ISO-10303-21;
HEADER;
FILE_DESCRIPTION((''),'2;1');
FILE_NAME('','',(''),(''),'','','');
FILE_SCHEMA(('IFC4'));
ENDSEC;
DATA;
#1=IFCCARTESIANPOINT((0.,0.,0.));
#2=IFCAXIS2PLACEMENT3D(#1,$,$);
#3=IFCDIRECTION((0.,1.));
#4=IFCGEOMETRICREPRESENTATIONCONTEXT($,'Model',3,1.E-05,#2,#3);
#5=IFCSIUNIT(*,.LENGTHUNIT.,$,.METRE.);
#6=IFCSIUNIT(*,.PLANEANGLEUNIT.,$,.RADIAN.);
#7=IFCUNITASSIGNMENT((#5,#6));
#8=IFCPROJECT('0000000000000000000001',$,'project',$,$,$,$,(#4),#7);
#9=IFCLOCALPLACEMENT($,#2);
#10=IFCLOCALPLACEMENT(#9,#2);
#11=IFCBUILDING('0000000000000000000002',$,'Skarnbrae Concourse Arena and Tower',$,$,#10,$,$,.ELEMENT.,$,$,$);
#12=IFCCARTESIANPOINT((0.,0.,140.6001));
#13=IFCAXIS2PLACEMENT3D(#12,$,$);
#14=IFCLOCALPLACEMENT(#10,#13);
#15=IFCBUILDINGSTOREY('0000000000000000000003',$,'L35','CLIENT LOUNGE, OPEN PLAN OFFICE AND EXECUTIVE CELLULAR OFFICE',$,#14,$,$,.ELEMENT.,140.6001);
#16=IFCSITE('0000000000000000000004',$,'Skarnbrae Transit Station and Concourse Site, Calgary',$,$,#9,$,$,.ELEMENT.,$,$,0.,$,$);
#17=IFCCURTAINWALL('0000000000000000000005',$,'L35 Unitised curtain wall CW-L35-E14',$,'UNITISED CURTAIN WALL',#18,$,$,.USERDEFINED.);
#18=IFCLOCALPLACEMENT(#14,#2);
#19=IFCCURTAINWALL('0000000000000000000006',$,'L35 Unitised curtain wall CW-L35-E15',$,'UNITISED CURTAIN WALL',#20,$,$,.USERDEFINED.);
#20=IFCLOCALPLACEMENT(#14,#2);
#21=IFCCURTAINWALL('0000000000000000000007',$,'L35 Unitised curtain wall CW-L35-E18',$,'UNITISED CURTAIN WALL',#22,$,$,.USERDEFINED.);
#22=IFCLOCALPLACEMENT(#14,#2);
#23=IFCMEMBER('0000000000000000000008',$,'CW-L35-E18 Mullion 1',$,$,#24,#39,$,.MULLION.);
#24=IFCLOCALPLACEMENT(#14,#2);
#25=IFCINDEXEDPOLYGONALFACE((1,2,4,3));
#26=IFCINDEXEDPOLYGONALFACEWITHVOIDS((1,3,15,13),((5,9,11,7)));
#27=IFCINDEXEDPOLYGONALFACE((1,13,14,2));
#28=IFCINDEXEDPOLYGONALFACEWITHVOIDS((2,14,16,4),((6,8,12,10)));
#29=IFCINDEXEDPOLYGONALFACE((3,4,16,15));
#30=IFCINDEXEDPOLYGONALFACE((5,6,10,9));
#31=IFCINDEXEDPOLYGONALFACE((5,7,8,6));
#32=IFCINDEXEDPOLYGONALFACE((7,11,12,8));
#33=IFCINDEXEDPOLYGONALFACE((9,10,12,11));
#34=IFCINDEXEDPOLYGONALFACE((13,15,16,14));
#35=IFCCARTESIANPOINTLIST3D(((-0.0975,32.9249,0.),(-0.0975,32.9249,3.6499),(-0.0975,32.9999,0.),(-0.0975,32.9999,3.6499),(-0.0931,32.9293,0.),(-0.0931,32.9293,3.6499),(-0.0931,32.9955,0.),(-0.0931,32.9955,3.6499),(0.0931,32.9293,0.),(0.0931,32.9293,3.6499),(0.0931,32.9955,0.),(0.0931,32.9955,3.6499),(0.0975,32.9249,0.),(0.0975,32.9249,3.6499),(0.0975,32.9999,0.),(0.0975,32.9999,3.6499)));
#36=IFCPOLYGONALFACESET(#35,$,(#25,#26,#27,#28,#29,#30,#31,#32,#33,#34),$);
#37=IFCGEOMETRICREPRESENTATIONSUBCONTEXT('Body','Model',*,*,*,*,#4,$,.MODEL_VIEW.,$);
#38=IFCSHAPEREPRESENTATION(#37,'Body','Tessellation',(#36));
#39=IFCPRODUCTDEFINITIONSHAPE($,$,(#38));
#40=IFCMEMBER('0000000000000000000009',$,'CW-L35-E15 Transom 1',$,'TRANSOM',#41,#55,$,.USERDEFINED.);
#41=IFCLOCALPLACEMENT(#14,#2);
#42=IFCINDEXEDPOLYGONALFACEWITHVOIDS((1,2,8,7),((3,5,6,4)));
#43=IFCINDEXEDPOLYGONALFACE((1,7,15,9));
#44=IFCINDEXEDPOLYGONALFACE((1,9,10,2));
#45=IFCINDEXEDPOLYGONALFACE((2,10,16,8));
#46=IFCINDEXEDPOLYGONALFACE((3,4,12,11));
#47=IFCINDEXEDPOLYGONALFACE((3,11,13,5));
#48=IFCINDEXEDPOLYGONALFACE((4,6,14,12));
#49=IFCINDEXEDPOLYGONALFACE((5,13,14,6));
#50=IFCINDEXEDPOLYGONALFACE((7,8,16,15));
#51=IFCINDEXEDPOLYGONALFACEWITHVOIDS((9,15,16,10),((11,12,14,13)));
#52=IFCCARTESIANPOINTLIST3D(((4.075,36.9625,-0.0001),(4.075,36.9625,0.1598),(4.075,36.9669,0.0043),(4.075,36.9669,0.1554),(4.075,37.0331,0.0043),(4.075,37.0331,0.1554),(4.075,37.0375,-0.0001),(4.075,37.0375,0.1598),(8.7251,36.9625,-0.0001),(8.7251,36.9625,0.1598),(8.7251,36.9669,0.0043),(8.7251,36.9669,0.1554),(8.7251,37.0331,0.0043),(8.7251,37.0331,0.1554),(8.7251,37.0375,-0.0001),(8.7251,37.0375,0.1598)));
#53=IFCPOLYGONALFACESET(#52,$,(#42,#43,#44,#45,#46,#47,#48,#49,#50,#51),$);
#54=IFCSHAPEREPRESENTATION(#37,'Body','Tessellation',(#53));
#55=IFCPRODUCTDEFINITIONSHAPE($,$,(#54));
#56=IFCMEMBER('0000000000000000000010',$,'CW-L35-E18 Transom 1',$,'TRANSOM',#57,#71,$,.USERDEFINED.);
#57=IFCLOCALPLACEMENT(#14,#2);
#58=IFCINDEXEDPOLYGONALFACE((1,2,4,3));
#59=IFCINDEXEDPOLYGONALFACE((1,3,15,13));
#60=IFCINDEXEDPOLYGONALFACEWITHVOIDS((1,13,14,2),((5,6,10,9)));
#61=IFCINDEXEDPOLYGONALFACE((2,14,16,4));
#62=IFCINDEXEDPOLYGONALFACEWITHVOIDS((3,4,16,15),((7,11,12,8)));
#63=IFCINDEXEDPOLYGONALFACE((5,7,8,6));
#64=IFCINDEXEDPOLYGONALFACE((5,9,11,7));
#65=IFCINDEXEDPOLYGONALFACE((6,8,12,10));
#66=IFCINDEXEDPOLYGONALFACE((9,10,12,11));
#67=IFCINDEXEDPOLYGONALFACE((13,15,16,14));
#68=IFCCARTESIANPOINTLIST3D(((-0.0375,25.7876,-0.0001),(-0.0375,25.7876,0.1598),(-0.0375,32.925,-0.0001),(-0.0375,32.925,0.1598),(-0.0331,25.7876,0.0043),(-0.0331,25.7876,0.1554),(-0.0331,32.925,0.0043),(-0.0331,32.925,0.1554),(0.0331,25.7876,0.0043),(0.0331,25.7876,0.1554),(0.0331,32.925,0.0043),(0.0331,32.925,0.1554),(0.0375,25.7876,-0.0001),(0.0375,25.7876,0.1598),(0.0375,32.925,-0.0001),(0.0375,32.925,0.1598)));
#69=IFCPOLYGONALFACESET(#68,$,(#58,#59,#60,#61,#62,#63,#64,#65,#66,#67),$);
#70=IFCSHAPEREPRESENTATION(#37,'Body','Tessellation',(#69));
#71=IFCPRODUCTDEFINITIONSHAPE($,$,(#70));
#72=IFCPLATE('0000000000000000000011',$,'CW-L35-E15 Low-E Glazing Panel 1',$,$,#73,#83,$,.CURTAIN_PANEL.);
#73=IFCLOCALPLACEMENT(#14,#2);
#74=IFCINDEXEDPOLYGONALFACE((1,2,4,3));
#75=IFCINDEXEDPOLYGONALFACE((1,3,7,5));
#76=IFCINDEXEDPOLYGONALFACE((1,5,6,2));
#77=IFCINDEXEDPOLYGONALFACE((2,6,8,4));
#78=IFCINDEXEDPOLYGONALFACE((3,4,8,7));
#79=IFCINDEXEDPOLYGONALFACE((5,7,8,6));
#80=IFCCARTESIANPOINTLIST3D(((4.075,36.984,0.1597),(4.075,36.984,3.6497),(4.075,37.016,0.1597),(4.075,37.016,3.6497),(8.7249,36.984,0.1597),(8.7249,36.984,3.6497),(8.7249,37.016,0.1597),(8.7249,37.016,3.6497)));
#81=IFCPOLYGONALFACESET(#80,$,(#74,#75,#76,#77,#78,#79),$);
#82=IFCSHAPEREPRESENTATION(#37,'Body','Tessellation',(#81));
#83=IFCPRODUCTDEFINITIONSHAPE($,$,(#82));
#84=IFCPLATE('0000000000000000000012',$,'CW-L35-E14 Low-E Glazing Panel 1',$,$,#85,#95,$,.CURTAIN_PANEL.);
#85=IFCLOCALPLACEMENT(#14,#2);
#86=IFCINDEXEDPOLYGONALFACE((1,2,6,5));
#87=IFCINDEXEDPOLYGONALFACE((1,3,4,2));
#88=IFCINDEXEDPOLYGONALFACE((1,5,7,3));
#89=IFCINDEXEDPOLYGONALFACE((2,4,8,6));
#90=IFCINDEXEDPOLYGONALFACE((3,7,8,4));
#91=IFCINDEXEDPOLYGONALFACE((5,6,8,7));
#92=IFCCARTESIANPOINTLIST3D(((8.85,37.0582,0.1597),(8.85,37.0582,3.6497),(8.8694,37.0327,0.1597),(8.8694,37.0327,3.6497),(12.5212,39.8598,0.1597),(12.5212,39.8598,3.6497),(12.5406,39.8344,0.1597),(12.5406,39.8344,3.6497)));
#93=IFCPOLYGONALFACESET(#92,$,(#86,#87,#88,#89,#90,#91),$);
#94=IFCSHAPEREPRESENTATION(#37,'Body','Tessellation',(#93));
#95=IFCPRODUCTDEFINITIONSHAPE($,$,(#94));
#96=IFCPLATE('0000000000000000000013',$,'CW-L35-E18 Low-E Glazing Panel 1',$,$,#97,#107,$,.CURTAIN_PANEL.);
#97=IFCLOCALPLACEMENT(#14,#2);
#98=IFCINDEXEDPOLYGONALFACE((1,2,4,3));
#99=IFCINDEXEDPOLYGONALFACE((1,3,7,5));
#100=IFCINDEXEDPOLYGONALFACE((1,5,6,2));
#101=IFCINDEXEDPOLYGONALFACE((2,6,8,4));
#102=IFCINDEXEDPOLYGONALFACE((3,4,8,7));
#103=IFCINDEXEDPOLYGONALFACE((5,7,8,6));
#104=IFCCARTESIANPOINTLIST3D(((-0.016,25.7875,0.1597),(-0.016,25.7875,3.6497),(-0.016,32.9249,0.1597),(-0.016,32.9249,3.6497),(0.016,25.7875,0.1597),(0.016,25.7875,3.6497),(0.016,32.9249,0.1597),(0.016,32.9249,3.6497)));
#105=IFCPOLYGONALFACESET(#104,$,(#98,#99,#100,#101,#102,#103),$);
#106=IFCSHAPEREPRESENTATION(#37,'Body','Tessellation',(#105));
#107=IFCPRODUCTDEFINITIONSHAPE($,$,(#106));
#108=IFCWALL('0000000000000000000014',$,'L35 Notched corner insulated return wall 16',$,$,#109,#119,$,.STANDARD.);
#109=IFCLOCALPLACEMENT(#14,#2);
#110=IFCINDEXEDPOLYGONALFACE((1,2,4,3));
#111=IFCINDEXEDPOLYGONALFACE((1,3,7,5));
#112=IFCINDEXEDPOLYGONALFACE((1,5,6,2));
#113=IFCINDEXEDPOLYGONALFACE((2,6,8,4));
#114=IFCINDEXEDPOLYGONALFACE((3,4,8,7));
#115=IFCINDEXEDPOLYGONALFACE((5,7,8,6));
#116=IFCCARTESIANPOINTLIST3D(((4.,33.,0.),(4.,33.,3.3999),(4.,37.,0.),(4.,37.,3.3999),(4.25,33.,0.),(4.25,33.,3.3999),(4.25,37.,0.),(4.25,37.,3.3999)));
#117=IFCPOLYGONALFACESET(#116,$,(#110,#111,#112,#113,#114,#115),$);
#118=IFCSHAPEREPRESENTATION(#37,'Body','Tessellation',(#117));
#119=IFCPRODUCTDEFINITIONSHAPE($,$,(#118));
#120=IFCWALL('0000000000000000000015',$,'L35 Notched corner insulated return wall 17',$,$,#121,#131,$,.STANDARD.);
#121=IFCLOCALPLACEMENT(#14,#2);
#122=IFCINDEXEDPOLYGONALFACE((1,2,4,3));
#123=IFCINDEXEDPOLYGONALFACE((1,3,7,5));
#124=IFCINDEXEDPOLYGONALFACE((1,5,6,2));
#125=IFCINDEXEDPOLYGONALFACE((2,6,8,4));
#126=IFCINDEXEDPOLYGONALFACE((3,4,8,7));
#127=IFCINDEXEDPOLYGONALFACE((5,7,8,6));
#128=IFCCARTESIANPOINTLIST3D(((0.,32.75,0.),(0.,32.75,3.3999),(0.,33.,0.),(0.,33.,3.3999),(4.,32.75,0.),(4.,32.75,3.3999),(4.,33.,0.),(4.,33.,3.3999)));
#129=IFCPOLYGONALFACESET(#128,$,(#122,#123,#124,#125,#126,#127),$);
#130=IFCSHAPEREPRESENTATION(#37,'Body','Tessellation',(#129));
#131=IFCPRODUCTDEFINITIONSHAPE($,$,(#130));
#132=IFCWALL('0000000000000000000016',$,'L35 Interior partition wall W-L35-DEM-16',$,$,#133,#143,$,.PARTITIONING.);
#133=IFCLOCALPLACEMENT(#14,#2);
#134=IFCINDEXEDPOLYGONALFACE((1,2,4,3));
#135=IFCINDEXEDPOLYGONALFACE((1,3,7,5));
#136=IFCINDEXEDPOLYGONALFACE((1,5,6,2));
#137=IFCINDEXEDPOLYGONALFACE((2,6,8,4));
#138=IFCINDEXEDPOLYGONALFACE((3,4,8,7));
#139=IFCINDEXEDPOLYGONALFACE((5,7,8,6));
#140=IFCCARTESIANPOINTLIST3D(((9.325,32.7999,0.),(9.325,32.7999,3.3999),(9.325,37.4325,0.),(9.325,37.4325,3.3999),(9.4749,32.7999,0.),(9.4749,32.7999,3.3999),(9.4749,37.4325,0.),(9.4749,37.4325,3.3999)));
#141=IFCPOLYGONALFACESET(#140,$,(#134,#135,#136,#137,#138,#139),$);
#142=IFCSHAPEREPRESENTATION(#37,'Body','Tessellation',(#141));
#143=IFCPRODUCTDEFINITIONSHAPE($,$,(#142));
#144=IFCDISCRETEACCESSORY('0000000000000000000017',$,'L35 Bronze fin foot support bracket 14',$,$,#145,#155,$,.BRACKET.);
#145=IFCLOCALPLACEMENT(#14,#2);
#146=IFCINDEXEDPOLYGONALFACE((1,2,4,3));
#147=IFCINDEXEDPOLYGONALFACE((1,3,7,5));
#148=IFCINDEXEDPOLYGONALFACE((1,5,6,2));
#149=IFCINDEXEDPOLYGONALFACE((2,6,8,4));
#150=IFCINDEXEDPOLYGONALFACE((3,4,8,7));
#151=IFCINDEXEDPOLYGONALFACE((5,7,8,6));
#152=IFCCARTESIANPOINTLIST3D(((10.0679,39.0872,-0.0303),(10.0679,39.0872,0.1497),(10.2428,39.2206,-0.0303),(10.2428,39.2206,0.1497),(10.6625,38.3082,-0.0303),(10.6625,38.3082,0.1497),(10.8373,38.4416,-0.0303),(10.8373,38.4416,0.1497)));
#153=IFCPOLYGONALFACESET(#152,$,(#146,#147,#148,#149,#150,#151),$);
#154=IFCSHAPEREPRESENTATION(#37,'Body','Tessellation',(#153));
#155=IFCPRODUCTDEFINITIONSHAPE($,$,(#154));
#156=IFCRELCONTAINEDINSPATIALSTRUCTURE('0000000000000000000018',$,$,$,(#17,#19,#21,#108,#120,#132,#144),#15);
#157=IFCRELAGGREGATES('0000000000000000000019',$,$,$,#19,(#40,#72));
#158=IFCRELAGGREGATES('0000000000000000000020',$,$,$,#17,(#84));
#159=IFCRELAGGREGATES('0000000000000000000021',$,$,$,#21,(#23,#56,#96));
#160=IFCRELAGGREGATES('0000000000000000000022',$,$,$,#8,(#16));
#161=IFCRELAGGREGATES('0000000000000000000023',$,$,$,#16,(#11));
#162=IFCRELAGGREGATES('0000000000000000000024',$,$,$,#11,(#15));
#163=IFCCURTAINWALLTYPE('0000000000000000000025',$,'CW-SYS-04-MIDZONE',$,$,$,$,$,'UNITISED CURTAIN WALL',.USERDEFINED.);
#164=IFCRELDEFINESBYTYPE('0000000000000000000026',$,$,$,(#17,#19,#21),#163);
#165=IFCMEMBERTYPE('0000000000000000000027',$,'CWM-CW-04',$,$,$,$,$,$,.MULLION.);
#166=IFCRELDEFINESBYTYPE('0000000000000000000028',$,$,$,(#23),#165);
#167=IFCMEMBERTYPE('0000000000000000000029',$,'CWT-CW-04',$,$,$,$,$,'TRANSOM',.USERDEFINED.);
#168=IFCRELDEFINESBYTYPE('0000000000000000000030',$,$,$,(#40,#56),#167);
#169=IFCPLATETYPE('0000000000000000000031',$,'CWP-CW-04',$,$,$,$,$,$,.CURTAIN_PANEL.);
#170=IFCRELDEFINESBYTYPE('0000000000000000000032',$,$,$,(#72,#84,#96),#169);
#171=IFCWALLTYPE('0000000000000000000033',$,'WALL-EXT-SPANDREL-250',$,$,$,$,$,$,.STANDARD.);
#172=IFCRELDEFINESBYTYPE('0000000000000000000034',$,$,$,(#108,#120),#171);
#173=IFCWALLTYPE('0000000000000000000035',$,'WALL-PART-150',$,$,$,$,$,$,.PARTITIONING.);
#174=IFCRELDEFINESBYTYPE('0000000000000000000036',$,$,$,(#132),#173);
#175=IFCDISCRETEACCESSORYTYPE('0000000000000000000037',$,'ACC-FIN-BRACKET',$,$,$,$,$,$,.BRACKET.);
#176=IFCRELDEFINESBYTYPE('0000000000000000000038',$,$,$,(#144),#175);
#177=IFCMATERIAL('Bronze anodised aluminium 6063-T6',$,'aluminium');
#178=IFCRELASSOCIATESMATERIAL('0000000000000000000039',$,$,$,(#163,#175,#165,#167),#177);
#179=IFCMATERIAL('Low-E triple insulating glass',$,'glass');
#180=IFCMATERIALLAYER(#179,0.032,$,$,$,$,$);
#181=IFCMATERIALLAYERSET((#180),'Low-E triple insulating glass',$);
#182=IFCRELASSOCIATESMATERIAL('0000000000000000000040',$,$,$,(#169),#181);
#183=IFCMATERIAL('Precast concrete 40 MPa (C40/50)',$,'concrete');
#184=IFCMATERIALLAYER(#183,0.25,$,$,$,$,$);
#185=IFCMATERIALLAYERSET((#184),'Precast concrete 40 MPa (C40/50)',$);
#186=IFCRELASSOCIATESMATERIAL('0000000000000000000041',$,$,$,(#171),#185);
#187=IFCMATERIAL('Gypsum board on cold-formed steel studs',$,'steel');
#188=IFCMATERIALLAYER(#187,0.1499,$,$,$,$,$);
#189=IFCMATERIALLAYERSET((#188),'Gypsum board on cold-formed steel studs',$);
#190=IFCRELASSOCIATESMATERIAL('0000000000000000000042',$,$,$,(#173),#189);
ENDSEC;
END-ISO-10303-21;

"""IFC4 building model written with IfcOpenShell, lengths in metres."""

from ifc_helpers import new_model, si_unit, direction, frame, frame_2d, origin, origin_2d, place, context, subcontext, project, spatial, rectangle, hollow_rectangle, extrude, source, transform, mapped, material, layer, layer_set, material_profile, profile_set, type_object, element, aggregate, save


model = new_model("IFC4")

# Units and contexts
model_context = context("Model", 3, precision=1e-05, world=origin(), true_north=direction((0.0, 1.0)))
body_context = subcontext(model_context, "Body", "Model", "MODEL_VIEW")
ifc_project = project(units=[si_unit("LENGTHUNIT", "METRE"), si_unit("PLANEANGLEUNIT", "RADIAN")], contexts=[model_context])

# Site, building, storey
site_placement = place(None, origin())
site = spatial("IfcSite", under=ifc_project, at=site_placement, Name="Skarnbrae Transit Station and Concourse Site, Calgary", CompositionType="ELEMENT", RefElevation=0.0)
building_placement = place(site_placement, origin())
building = spatial("IfcBuilding", under=site, at=building_placement, Name="Skarnbrae Concourse Arena and Tower", CompositionType="ELEMENT")
storey_placement = place(building_placement, frame((0.0, 0.0, 140.6001)))
storey = spatial("IfcBuildingStorey", under=building, at=storey_placement, Name="L35", Description="CLIENT LOUNGE, OPEN PLAN OFFICE AND EXECUTIVE CELLULAR OFFICE", CompositionType="ELEMENT", Elevation=140.6001)

# Curtain wall
ifc_material_1 = material(Name="Bronze anodised aluminium 6063-T6", Category="aluminium")
curtain_wall_type = type_object("IfcCurtainWallType", Name="CW-SYS-04-MIDZONE", ElementType="UNITISED CURTAIN WALL", PredefinedType="USERDEFINED", material=ifc_material_1)
curtain_wall_1_placement = place(storey_placement, origin())
curtain_wall_1 = element("IfcCurtainWall", 1, at=curtain_wall_1_placement, inside=storey, type_object=curtain_wall_type, Name="L35 Unitised curtain wall CW-L35-E14", ObjectType="UNITISED CURTAIN WALL", PredefinedType="USERDEFINED")
ifc_material_profile_1 = material_profile(ifc_material_1, hollow_rectangle(XDim=0.075, YDim=0.1951, WallThickness=0.0044, at=origin_2d()), Name="ALU-MULL-75X195")
ifc_profile_set_1 = profile_set([ifc_material_profile_1], Name="Bronze anodised aluminium 6063-T6")
member_type_1 = type_object("IfcMemberType", Name="CWM-CW-04", PredefinedType="MULLION", material=ifc_profile_set_1)
shared_shape_1 = source(origin(), body_context, "Body", "SweptSolid", [
    extrude(hollow_rectangle(XDim=0.075, YDim=0.1951, WallThickness=0.0044, at=origin_2d()), origin(), (0.0, 0.0, 1.0), 3.6499),
])

# Curtain wall
curtain_wall_2_placement = place(storey_placement, origin())
curtain_wall_2 = element("IfcCurtainWall", 2, at=curtain_wall_2_placement, inside=storey, type_object=curtain_wall_type, Name="L35 Unitised curtain wall CW-L35-E15", ObjectType="UNITISED CURTAIN WALL", PredefinedType="USERDEFINED")

# Curtain wall, member
curtain_wall_3_placement = place(storey_placement, origin())
curtain_wall_3 = element("IfcCurtainWall", 3, at=curtain_wall_3_placement, inside=storey, type_object=curtain_wall_type, Name="L35 Unitised curtain wall CW-L35-E18", ObjectType="UNITISED CURTAIN WALL", PredefinedType="USERDEFINED")
member_1_placement = place(storey_placement, frame((0.0, 32.9624, 0.0), z_axis=(0.0, 0.0, 1.0), x_axis=(0.0, -1.0, 0.0)))
member_1 = element("IfcMember", 4, at=member_1_placement, type_object=member_type_1, Name="CW-L35-E18 Mullion 1", PredefinedType="MULLION", context=body_context, shape_type="MappedRepresentation", body=[
    mapped(shared_shape_1, transform((0.0, 0.0, 0.0))),
])

# Members
ifc_material_profile_2 = material_profile(ifc_material_1, hollow_rectangle(XDim=0.075, YDim=0.1599, WallThickness=0.0044, at=origin_2d()), Name="ALU-TRAN-75X160")
ifc_profile_set_2 = profile_set([ifc_material_profile_2], Name="Bronze anodised aluminium 6063-T6")
member_type_2 = type_object("IfcMemberType", Name="CWT-CW-04", ElementType="TRANSOM", PredefinedType="USERDEFINED", material=ifc_profile_set_2)
shared_shape_2 = source(origin(), body_context, "Body", "SweptSolid", [
    extrude(hollow_rectangle(XDim=0.075, YDim=0.1599, WallThickness=0.0044, at=origin_2d()), origin(), (0.0, 0.0, 1.0), 4.6501),
])
member_2_placement = place(storey_placement, frame((8.7251, 37.0, 0.0798), z_axis=(-1.0, 0.0, 0.0), x_axis=(0.0, -1.0, 0.0)))
member_2 = element("IfcMember", 5, at=member_2_placement, type_object=member_type_2, Name="CW-L35-E15 Transom 1", ObjectType="TRANSOM", PredefinedType="USERDEFINED", context=body_context, shape_type="MappedRepresentation", body=[
    mapped(shared_shape_2, transform((0.0, 0.0, 0.0))),
])
shared_shape_3 = source(origin(), body_context, "Body", "SweptSolid", [
    extrude(hollow_rectangle(XDim=0.075, YDim=0.1599, WallThickness=0.0044, at=origin_2d()), origin(), (0.0, 0.0, 1.0), 7.1375),
])
member_3_placement = place(storey_placement, frame((0.0, 32.925, 0.0798), z_axis=(0.0, -1.0, 0.0), x_axis=(1.0, 0.0, 0.0)))
member_3 = element("IfcMember", 6, at=member_3_placement, type_object=member_type_2, Name="CW-L35-E18 Transom 1", ObjectType="TRANSOM", PredefinedType="USERDEFINED", context=body_context, shape_type="MappedRepresentation", body=[
    mapped(shared_shape_3, transform((0.0, 0.0, 0.0))),
])

# Plates
ifc_material_2 = material(Name="Low-E triple insulating glass", Category="glass")
ifc_layer_1 = layer(ifc_material_2, 0.032)
ifc_layer_set_1 = layer_set([ifc_layer_1], Name="Low-E triple insulating glass")
plate_type = type_object("IfcPlateType", Name="CWP-CW-04", PredefinedType="CURTAIN_PANEL", material=ifc_layer_set_1)
shared_shape_4 = source(origin(), body_context, "Body", "SweptSolid", [
    extrude(rectangle(XDim=4.6499, YDim=0.032, at=origin_2d()), origin(), (0.0, 0.0, 1.0), 3.49),
])
plate_1_placement = place(storey_placement, frame((6.3999, 37.0, 0.1597), z_axis=(0.0, 0.0, 1.0), x_axis=(-1.0, 0.0, 0.0)))
plate_1 = element("IfcPlate", 7, at=plate_1_placement, type_object=plate_type, Name="CW-L35-E15 Low-E Glazing Panel 1", PredefinedType="CURTAIN_PANEL", context=body_context, shape_type="MappedRepresentation", body=[
    mapped(shared_shape_4, transform((0.0, 0.0, 0.0))),
])
aggregate(curtain_wall_2, [member_2, plate_1])
shared_shape_5 = source(origin(), body_context, "Body", "SweptSolid", [
    extrude(rectangle(XDim=4.6182, YDim=0.032, at=origin_2d()), origin(), (0.0, 0.0, 1.0), 3.49),
])
plate_2_placement = place(storey_placement, frame((10.6953, 38.4463, 0.1597), z_axis=(0.0, 0.0, 1.0), x_axis=(-0.794956, -0.606667, 0.0)))
plate_2 = element("IfcPlate", 8, at=plate_2_placement, type_object=plate_type, Name="CW-L35-E14 Low-E Glazing Panel 1", PredefinedType="CURTAIN_PANEL", context=body_context, shape_type="MappedRepresentation", body=[
    mapped(shared_shape_5, transform((0.0, 0.0, 0.0))),
])
aggregate(curtain_wall_1, [plate_2])
shared_shape_6 = source(origin(), body_context, "Body", "SweptSolid", [
    extrude(rectangle(XDim=7.1375, YDim=0.032, at=origin_2d()), origin(), (0.0, 0.0, 1.0), 3.49),
])
plate_3_placement = place(storey_placement, frame((0.0, 29.3562, 0.1597), z_axis=(0.0, 0.0, 1.0), x_axis=(0.0, -1.0, 0.0)))
plate_3 = element("IfcPlate", 9, at=plate_3_placement, type_object=plate_type, Name="CW-L35-E18 Low-E Glazing Panel 1", PredefinedType="CURTAIN_PANEL", context=body_context, shape_type="MappedRepresentation", body=[
    mapped(shared_shape_6, transform((0.0, 0.0, 0.0))),
])
aggregate(curtain_wall_3, [member_1, member_3, plate_3])

# Walls
ifc_material_3 = material(Name="Precast concrete 40 MPa (C40/50)", Category="concrete")
ifc_layer_2 = layer(ifc_material_3, 0.25)
ifc_layer_set_2 = layer_set([ifc_layer_2], Name="Precast concrete 40 MPa (C40/50)")
wall_type_1 = type_object("IfcWallType", Name="WALL-EXT-SPANDREL-250", PredefinedType="STANDARD", material=ifc_layer_set_2)
shared_shape_7 = source(origin(), body_context, "Body", "SweptSolid", [
    extrude(rectangle(XDim=4.0, YDim=0.25, at=frame_2d((2.0, 0.0))), origin(), (0.0, 0.0, 1.0), 3.3999),
])
for number, where, z_axis, x_axis, name in (
    (10, (4.125, 37.0, 0.0), (0.0, 0.0, 1.0), (0.0, -1.0, 0.0), "L35 Notched corner insulated return wall 16"),
    (11, (4.0, 32.875, 0.0), (0.0, 0.0, 1.0), (-1.0, 0.0, 0.0), "L35 Notched corner insulated return wall 17"),
):
    element("IfcWall", number, at=place(storey_placement, frame(where, z_axis=z_axis, x_axis=x_axis)), inside=storey, type_object=wall_type_1, Name=name, PredefinedType="STANDARD", context=body_context, shape_type="MappedRepresentation", body=[
        mapped(shared_shape_7, transform((0.0, 0.0, 0.0))),
    ])

# Shared definitions
ifc_material_4 = material(Name="Gypsum board on cold-formed steel studs", Category="steel")

# Wall
ifc_layer_3 = layer(ifc_material_4, 0.1499)
ifc_layer_set_3 = layer_set([ifc_layer_3], Name="Gypsum board on cold-formed steel studs")
wall_type_2 = type_object("IfcWallType", Name="WALL-PART-150", PredefinedType="PARTITIONING", material=ifc_layer_set_3)
shared_shape_8 = source(origin(), body_context, "Body", "SweptSolid", [
    extrude(rectangle(XDim=4.6326, YDim=0.1499, at=frame_2d((2.3164, 0.0))), origin(), (0.0, 0.0, 1.0), 3.3999),
])
wall_1_placement = place(storey_placement, frame((9.3999, 37.4326, 0.0), z_axis=(0.0, 0.0, 1.0), x_axis=(0.0, -1.0, 0.0)))
element("IfcWall", 12, at=wall_1_placement, inside=storey, type_object=wall_type_2, Name="L35 Interior partition wall W-L35-DEM-16", PredefinedType="PARTITIONING", context=body_context, shape_type="MappedRepresentation", body=[
    mapped(shared_shape_8, transform((0.0, 0.0, 0.0))),
])

# Discrete accessory
discrete_accessory_type = type_object("IfcDiscreteAccessoryType", Name="ACC-FIN-BRACKET", PredefinedType="BRACKET", material=ifc_material_1)
shared_shape_9 = source(origin(), body_context, "Body", "SweptSolid", [
    extrude(rectangle(XDim=0.22, YDim=0.98, at=origin_2d()), origin(), (0.0, 0.0, 1.0), 0.1799),
])
discrete_accessory_placement = place(storey_placement, frame((10.4526, 38.7644, -0.0303), z_axis=(0.0, 0.0, 1.0), x_axis=(0.794955, 0.606668, 0.0)))
element("IfcDiscreteAccessory", 13, at=discrete_accessory_placement, inside=storey, type_object=discrete_accessory_type, Name="L35 Bronze fin foot support bracket 14", PredefinedType="BRACKET", context=body_context, shape_type="MappedRepresentation", body=[
    mapped(shared_shape_9, transform((0.0, 0.0, 0.0))),
])

save(model, "model.ifc")
